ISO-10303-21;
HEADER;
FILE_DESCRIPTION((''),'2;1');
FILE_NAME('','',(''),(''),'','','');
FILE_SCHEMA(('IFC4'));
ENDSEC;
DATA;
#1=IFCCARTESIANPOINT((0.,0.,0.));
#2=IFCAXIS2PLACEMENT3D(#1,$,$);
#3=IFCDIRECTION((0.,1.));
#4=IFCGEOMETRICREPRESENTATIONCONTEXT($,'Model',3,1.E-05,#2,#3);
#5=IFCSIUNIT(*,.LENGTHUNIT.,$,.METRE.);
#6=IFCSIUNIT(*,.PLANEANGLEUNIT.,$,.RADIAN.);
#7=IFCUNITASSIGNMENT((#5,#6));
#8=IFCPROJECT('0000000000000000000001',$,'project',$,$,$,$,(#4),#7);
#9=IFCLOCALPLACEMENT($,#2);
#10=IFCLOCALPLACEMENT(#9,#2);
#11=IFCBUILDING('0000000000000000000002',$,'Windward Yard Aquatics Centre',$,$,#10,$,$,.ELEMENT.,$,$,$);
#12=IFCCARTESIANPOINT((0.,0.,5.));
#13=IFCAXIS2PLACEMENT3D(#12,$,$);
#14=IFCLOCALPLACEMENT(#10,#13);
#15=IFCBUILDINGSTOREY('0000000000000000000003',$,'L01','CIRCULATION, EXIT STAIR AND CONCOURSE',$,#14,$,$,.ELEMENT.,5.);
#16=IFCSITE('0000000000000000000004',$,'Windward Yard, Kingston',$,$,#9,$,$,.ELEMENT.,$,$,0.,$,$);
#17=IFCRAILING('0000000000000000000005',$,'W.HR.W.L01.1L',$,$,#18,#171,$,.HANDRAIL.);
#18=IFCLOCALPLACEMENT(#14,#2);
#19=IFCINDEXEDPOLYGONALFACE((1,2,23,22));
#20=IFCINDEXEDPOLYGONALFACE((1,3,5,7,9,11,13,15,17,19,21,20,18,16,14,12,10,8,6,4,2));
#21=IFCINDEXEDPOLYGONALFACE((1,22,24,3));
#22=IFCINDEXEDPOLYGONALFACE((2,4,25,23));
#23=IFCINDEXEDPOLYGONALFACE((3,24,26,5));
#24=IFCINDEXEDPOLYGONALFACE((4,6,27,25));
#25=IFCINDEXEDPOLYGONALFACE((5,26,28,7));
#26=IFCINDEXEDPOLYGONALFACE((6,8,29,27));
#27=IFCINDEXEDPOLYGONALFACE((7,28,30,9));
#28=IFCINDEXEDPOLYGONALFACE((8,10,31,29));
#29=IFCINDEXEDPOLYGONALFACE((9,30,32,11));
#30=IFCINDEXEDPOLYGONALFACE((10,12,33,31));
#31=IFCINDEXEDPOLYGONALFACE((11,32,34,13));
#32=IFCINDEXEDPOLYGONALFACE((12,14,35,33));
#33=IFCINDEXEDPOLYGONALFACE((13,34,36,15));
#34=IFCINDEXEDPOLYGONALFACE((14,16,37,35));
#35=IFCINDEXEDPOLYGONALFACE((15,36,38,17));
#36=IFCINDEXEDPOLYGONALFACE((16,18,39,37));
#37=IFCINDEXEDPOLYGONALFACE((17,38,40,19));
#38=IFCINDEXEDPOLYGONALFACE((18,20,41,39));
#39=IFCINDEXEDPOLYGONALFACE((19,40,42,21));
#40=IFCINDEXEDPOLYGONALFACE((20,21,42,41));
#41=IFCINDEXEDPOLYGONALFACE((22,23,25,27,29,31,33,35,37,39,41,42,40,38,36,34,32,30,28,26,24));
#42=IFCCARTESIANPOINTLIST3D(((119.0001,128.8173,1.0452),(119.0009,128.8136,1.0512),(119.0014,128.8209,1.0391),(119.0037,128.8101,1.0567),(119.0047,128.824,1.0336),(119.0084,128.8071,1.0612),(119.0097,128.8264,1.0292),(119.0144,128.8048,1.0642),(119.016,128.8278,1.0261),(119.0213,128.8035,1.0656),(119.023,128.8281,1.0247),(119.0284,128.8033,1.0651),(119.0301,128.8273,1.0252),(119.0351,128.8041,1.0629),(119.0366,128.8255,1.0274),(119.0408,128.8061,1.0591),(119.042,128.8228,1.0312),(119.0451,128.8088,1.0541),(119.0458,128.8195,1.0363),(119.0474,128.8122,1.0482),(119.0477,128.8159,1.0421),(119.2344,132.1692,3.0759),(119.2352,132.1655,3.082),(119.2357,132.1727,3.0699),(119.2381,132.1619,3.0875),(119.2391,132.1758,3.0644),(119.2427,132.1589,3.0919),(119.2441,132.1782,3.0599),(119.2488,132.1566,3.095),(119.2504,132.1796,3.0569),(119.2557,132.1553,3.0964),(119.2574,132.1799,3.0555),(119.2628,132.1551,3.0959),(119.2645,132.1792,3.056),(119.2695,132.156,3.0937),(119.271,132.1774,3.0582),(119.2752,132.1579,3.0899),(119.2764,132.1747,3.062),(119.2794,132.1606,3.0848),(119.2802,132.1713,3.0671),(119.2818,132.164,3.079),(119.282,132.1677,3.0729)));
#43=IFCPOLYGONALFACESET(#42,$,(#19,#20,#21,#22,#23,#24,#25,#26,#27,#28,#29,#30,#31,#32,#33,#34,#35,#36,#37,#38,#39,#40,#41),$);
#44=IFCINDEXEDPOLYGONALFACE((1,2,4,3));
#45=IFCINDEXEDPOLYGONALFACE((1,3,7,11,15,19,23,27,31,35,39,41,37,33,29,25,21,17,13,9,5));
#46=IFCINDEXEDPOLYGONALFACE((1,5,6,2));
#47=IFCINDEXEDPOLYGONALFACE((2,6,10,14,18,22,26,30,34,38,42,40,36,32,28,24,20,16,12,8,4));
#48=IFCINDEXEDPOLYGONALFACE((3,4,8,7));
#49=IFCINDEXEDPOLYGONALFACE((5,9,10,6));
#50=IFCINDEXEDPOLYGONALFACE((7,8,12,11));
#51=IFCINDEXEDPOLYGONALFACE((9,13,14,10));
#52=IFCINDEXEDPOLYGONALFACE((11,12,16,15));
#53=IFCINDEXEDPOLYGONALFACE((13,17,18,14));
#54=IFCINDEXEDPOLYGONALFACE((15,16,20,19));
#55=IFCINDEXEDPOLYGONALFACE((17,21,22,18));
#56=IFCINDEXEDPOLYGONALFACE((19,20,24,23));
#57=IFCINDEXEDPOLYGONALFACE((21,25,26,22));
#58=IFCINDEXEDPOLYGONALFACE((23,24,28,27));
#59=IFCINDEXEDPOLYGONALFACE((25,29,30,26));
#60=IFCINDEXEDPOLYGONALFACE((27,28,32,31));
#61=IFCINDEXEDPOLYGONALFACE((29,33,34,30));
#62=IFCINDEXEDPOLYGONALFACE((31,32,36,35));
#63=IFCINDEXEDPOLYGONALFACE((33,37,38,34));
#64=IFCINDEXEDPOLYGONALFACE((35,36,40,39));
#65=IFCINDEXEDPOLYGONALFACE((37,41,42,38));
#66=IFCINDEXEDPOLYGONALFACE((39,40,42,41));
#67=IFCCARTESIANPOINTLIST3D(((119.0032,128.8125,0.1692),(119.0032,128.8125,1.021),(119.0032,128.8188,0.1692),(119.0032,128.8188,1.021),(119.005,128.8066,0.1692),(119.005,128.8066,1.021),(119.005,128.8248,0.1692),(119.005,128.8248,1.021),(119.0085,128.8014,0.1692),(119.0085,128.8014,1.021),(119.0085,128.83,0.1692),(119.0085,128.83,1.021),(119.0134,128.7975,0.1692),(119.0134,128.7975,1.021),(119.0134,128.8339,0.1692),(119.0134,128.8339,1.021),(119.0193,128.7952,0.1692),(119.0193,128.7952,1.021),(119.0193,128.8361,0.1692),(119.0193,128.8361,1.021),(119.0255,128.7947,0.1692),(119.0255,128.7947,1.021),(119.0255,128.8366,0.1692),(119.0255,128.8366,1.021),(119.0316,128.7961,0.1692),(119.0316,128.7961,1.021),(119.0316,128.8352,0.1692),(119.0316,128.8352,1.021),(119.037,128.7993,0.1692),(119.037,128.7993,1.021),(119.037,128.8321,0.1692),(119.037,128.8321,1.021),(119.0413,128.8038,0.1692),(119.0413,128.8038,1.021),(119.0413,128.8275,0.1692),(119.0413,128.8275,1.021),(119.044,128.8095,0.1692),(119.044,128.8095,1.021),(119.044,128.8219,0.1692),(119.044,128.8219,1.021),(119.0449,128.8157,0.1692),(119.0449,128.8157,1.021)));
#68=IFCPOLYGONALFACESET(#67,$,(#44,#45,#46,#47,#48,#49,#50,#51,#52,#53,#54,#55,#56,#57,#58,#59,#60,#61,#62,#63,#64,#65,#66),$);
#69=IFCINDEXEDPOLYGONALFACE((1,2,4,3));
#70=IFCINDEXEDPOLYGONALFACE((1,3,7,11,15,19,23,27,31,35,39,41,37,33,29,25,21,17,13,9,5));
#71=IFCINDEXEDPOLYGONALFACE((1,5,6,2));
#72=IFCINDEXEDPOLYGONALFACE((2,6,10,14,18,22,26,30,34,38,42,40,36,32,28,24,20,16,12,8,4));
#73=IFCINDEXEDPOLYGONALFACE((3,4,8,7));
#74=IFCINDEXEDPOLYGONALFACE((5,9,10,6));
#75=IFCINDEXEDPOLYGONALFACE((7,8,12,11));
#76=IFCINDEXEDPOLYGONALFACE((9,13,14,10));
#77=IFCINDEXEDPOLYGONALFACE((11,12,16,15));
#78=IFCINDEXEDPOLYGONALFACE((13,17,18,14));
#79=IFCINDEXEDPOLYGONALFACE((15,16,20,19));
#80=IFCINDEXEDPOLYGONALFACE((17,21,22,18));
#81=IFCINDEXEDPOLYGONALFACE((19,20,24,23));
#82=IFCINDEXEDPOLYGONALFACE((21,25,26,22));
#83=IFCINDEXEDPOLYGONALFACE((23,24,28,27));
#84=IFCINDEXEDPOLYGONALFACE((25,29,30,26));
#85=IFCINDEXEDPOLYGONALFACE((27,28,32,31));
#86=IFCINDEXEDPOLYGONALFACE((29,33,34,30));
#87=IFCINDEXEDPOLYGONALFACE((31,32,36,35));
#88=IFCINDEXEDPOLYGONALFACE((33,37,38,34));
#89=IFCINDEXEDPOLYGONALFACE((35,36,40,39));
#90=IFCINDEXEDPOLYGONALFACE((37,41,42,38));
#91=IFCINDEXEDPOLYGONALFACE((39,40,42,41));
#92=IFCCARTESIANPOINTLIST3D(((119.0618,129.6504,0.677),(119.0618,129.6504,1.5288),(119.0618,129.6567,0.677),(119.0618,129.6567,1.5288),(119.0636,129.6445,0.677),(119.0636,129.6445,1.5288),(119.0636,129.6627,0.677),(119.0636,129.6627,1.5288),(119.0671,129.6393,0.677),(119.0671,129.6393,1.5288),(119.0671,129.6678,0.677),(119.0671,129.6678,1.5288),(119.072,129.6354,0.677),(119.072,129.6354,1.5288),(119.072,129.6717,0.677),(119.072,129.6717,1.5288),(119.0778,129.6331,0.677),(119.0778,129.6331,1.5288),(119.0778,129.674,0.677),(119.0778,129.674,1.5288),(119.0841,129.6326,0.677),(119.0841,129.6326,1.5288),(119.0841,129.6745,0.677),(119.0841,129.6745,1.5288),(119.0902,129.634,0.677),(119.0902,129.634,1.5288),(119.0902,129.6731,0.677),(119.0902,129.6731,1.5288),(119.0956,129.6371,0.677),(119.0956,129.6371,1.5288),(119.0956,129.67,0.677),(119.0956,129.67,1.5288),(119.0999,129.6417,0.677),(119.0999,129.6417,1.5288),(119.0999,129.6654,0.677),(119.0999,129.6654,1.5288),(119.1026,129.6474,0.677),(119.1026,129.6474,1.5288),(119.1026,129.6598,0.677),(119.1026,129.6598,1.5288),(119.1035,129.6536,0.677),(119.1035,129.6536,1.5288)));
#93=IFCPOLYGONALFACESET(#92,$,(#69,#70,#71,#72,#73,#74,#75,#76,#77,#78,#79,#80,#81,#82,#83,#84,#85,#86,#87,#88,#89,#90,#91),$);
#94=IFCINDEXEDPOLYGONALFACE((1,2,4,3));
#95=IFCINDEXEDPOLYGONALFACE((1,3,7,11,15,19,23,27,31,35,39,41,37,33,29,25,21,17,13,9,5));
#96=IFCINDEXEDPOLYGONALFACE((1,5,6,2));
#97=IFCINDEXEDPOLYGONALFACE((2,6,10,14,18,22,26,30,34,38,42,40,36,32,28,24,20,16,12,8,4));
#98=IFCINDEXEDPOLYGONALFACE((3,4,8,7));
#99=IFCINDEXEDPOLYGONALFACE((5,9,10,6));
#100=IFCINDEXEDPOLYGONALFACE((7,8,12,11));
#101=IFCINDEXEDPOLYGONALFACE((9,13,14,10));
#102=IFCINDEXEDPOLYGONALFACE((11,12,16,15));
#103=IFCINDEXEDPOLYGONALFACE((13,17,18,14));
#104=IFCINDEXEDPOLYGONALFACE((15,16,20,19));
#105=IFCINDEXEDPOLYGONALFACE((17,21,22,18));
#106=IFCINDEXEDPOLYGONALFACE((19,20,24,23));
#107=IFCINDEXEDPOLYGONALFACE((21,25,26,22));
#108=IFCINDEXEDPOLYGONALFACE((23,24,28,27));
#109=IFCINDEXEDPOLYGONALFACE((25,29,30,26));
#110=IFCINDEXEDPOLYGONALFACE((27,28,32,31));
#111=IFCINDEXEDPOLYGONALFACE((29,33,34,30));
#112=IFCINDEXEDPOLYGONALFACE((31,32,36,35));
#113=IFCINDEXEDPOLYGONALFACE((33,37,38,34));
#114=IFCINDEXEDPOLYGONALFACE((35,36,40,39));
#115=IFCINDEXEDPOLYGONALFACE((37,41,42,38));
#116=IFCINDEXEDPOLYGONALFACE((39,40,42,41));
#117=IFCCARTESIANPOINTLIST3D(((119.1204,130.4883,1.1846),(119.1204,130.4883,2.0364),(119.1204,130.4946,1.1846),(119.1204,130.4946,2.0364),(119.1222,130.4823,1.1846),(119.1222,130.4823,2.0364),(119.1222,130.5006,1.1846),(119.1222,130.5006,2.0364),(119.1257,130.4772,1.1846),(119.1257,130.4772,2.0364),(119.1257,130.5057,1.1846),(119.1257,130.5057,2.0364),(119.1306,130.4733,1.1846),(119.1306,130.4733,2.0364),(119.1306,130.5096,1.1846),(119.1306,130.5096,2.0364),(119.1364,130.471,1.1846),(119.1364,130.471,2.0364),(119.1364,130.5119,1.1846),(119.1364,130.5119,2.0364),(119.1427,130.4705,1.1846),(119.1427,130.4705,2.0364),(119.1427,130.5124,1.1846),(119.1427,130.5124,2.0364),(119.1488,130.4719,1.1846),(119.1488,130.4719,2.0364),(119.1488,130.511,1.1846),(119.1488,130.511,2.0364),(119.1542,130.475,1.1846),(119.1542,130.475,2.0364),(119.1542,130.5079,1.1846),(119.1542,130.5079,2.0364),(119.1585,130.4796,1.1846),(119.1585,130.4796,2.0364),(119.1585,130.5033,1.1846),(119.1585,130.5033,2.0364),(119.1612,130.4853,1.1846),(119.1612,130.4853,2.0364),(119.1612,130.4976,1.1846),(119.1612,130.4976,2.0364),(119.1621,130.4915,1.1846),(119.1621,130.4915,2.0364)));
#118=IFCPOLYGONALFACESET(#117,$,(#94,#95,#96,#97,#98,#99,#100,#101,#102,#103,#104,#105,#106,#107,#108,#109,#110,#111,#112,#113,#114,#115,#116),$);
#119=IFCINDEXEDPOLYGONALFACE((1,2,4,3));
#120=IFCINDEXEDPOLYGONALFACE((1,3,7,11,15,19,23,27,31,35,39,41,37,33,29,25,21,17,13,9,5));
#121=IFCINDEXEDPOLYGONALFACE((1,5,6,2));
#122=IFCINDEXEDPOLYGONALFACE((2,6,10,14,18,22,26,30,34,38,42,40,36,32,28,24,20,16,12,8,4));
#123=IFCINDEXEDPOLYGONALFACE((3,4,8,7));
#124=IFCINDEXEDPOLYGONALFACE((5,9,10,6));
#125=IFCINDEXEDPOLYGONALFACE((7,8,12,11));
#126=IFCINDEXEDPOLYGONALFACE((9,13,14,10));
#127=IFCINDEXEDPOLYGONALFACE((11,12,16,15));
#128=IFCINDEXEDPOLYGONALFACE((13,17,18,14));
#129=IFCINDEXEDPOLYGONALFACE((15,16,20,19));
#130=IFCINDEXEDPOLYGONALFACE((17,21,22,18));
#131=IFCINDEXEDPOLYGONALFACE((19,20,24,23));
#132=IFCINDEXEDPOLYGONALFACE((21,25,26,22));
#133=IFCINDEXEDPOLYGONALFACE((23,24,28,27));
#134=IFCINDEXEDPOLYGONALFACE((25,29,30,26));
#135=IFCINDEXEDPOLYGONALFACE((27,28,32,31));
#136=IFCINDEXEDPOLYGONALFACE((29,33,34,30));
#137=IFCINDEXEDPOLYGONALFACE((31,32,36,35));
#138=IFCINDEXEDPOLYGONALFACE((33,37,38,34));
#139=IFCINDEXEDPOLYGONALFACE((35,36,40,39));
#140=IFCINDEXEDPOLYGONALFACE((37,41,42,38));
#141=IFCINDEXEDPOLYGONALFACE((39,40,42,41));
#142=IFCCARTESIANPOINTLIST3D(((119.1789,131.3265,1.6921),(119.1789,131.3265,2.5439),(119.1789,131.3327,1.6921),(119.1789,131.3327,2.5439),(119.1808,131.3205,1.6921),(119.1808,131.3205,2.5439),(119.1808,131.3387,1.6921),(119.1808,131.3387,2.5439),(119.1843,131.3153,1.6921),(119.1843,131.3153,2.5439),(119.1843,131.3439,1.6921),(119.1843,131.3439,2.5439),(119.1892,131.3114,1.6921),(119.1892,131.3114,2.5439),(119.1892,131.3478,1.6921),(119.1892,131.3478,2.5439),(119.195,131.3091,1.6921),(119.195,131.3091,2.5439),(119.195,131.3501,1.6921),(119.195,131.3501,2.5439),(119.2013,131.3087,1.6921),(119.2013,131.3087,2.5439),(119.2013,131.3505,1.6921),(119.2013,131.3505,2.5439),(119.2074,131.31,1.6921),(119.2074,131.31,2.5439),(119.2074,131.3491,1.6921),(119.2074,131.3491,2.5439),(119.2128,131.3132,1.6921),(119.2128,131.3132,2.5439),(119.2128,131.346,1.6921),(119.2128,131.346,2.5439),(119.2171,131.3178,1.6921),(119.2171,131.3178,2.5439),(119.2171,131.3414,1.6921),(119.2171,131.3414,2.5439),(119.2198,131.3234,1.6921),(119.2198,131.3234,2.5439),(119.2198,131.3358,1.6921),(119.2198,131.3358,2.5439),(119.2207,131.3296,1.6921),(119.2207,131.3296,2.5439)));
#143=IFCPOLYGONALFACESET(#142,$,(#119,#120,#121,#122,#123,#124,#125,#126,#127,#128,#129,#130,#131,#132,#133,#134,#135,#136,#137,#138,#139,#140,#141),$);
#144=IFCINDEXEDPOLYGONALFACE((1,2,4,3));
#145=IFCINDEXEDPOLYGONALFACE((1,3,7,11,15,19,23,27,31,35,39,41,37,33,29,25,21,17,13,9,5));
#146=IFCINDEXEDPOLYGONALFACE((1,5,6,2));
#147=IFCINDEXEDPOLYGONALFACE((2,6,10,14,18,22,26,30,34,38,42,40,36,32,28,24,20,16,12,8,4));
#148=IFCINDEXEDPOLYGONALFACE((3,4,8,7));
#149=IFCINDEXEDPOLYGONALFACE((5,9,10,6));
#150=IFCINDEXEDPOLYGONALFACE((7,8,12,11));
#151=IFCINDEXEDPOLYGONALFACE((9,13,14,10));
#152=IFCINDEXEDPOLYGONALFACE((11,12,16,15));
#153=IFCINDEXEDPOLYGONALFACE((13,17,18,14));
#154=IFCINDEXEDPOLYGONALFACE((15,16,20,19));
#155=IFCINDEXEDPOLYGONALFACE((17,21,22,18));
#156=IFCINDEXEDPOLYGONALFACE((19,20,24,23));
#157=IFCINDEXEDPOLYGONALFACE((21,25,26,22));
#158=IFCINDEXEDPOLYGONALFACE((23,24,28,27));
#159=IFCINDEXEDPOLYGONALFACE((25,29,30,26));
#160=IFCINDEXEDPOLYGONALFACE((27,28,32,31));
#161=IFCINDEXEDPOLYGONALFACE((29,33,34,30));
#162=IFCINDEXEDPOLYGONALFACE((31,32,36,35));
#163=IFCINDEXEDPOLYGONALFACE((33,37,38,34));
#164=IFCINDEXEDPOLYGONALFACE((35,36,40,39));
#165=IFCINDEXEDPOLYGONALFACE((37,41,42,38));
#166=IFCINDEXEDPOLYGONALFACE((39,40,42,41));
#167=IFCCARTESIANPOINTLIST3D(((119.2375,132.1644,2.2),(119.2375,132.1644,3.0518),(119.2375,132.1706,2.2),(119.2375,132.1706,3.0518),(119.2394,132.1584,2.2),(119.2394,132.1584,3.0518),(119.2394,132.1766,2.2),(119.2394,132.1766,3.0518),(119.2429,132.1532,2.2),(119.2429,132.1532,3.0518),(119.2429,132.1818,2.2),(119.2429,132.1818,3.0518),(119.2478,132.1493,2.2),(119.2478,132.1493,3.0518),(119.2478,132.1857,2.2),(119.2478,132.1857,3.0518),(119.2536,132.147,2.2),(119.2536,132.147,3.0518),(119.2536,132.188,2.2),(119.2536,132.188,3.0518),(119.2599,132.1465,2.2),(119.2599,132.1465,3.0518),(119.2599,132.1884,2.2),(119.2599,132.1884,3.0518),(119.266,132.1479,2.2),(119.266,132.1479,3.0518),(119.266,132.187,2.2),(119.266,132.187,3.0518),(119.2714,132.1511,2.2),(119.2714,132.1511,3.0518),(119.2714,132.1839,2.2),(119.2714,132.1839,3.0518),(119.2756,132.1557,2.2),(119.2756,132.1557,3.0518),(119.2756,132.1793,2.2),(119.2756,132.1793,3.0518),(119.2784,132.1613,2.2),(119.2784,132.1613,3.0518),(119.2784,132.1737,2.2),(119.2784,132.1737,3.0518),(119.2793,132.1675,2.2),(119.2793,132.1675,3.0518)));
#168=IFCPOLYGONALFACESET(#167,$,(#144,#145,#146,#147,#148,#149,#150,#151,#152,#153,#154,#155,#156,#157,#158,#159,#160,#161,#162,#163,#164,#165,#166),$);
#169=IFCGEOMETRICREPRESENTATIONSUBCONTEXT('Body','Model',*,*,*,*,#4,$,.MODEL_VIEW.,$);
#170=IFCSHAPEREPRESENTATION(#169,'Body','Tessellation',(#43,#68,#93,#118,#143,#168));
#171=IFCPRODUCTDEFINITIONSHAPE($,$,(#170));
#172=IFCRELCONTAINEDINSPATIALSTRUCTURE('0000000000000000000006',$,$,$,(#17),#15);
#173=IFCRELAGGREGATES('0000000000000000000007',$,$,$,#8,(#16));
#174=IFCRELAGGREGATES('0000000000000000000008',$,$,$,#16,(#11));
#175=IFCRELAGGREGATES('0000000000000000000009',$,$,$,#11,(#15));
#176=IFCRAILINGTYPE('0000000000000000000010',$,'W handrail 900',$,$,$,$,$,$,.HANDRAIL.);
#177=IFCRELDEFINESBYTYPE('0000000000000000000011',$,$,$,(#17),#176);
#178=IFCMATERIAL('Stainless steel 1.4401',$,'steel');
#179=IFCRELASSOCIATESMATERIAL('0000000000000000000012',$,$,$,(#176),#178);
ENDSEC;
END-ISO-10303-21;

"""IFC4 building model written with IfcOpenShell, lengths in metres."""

from ifc_helpers import new_model, si_unit, direction, frame, origin, origin_2d, place, context, subcontext, project, spatial, circle, extrude, material, type_object, element, save


model = new_model("IFC4")

# Units and contexts
model_context = context("Model", 3, precision=1e-05, world=origin(), true_north=direction((0.0, 1.0)))
body_context = subcontext(model_context, "Body", "Model", "MODEL_VIEW")
ifc_project = project(units=[si_unit("LENGTHUNIT", "METRE"), si_unit("PLANEANGLEUNIT", "RADIAN")], contexts=[model_context])

# Site, building, storey
site_placement = place(None, origin())
site = spatial("IfcSite", under=ifc_project, at=site_placement, Name="Windward Yard, Kingston", CompositionType="ELEMENT", RefElevation=0.0)
building_placement = place(site_placement, origin())
building = spatial("IfcBuilding", under=site, at=building_placement, Name="Windward Yard Aquatics Centre", CompositionType="ELEMENT")
storey_placement = place(building_placement, frame((0.0, 0.0, 5.0)))
storey = spatial("IfcBuildingStorey", under=building, at=storey_placement, Name="L01", Description="CIRCULATION, EXIT STAIR AND CONCOURSE", CompositionType="ELEMENT", Elevation=5.0)

# Railing
ifc_material_1 = material(Name="Stainless steel 1.4401", Category="steel")
railing_type_1 = type_object("IfcRailingType", Name="W handrail 900", PredefinedType="HANDRAIL", material=ifc_material_1)
for number, where, name in (
    (1, (119.0239, 128.8157, 0.1692), "W.HR.W.L01.1L"),
):
    element("IfcRailing", number, at=place(storey_placement, frame(where)), inside=storey, type_object=railing_type_1, Name=name, PredefinedType="HANDRAIL", context=body_context, shape_type="SweptSolid", body=[
        extrude(circle(Radius=0.0239, at=origin_2d()), frame((0.0, 0.0, 0.876), z_axis=(0.059698, 0.853744, 0.517259), x_axis=(-0.997564, 0.069755, 0.0)), (0.0, 0.0, 1.0), 3.926),
        extrude(circle(Radius=0.021, at=origin_2d()), origin(), (0.0, 0.0, 1.0), 0.8518),
        extrude(circle(Radius=0.021, at=origin_2d()), frame((0.0586, 0.8379, 0.5078)), (0.0, 0.0, 1.0), 0.8518),
        extrude(circle(Radius=0.021, at=origin_2d()), frame((0.1172, 1.6758, 1.0154)), (0.0, 0.0, 1.0), 0.8518),
        extrude(circle(Radius=0.021, at=origin_2d()), frame((0.1758, 2.5139, 1.5229)), (0.0, 0.0, 1.0), 0.8518),
        extrude(circle(Radius=0.021, at=origin_2d()), frame((0.2344, 3.3518, 2.0308)), (0.0, 0.0, 1.0), 0.8518),
    ])

save(model, "model.ifc")
